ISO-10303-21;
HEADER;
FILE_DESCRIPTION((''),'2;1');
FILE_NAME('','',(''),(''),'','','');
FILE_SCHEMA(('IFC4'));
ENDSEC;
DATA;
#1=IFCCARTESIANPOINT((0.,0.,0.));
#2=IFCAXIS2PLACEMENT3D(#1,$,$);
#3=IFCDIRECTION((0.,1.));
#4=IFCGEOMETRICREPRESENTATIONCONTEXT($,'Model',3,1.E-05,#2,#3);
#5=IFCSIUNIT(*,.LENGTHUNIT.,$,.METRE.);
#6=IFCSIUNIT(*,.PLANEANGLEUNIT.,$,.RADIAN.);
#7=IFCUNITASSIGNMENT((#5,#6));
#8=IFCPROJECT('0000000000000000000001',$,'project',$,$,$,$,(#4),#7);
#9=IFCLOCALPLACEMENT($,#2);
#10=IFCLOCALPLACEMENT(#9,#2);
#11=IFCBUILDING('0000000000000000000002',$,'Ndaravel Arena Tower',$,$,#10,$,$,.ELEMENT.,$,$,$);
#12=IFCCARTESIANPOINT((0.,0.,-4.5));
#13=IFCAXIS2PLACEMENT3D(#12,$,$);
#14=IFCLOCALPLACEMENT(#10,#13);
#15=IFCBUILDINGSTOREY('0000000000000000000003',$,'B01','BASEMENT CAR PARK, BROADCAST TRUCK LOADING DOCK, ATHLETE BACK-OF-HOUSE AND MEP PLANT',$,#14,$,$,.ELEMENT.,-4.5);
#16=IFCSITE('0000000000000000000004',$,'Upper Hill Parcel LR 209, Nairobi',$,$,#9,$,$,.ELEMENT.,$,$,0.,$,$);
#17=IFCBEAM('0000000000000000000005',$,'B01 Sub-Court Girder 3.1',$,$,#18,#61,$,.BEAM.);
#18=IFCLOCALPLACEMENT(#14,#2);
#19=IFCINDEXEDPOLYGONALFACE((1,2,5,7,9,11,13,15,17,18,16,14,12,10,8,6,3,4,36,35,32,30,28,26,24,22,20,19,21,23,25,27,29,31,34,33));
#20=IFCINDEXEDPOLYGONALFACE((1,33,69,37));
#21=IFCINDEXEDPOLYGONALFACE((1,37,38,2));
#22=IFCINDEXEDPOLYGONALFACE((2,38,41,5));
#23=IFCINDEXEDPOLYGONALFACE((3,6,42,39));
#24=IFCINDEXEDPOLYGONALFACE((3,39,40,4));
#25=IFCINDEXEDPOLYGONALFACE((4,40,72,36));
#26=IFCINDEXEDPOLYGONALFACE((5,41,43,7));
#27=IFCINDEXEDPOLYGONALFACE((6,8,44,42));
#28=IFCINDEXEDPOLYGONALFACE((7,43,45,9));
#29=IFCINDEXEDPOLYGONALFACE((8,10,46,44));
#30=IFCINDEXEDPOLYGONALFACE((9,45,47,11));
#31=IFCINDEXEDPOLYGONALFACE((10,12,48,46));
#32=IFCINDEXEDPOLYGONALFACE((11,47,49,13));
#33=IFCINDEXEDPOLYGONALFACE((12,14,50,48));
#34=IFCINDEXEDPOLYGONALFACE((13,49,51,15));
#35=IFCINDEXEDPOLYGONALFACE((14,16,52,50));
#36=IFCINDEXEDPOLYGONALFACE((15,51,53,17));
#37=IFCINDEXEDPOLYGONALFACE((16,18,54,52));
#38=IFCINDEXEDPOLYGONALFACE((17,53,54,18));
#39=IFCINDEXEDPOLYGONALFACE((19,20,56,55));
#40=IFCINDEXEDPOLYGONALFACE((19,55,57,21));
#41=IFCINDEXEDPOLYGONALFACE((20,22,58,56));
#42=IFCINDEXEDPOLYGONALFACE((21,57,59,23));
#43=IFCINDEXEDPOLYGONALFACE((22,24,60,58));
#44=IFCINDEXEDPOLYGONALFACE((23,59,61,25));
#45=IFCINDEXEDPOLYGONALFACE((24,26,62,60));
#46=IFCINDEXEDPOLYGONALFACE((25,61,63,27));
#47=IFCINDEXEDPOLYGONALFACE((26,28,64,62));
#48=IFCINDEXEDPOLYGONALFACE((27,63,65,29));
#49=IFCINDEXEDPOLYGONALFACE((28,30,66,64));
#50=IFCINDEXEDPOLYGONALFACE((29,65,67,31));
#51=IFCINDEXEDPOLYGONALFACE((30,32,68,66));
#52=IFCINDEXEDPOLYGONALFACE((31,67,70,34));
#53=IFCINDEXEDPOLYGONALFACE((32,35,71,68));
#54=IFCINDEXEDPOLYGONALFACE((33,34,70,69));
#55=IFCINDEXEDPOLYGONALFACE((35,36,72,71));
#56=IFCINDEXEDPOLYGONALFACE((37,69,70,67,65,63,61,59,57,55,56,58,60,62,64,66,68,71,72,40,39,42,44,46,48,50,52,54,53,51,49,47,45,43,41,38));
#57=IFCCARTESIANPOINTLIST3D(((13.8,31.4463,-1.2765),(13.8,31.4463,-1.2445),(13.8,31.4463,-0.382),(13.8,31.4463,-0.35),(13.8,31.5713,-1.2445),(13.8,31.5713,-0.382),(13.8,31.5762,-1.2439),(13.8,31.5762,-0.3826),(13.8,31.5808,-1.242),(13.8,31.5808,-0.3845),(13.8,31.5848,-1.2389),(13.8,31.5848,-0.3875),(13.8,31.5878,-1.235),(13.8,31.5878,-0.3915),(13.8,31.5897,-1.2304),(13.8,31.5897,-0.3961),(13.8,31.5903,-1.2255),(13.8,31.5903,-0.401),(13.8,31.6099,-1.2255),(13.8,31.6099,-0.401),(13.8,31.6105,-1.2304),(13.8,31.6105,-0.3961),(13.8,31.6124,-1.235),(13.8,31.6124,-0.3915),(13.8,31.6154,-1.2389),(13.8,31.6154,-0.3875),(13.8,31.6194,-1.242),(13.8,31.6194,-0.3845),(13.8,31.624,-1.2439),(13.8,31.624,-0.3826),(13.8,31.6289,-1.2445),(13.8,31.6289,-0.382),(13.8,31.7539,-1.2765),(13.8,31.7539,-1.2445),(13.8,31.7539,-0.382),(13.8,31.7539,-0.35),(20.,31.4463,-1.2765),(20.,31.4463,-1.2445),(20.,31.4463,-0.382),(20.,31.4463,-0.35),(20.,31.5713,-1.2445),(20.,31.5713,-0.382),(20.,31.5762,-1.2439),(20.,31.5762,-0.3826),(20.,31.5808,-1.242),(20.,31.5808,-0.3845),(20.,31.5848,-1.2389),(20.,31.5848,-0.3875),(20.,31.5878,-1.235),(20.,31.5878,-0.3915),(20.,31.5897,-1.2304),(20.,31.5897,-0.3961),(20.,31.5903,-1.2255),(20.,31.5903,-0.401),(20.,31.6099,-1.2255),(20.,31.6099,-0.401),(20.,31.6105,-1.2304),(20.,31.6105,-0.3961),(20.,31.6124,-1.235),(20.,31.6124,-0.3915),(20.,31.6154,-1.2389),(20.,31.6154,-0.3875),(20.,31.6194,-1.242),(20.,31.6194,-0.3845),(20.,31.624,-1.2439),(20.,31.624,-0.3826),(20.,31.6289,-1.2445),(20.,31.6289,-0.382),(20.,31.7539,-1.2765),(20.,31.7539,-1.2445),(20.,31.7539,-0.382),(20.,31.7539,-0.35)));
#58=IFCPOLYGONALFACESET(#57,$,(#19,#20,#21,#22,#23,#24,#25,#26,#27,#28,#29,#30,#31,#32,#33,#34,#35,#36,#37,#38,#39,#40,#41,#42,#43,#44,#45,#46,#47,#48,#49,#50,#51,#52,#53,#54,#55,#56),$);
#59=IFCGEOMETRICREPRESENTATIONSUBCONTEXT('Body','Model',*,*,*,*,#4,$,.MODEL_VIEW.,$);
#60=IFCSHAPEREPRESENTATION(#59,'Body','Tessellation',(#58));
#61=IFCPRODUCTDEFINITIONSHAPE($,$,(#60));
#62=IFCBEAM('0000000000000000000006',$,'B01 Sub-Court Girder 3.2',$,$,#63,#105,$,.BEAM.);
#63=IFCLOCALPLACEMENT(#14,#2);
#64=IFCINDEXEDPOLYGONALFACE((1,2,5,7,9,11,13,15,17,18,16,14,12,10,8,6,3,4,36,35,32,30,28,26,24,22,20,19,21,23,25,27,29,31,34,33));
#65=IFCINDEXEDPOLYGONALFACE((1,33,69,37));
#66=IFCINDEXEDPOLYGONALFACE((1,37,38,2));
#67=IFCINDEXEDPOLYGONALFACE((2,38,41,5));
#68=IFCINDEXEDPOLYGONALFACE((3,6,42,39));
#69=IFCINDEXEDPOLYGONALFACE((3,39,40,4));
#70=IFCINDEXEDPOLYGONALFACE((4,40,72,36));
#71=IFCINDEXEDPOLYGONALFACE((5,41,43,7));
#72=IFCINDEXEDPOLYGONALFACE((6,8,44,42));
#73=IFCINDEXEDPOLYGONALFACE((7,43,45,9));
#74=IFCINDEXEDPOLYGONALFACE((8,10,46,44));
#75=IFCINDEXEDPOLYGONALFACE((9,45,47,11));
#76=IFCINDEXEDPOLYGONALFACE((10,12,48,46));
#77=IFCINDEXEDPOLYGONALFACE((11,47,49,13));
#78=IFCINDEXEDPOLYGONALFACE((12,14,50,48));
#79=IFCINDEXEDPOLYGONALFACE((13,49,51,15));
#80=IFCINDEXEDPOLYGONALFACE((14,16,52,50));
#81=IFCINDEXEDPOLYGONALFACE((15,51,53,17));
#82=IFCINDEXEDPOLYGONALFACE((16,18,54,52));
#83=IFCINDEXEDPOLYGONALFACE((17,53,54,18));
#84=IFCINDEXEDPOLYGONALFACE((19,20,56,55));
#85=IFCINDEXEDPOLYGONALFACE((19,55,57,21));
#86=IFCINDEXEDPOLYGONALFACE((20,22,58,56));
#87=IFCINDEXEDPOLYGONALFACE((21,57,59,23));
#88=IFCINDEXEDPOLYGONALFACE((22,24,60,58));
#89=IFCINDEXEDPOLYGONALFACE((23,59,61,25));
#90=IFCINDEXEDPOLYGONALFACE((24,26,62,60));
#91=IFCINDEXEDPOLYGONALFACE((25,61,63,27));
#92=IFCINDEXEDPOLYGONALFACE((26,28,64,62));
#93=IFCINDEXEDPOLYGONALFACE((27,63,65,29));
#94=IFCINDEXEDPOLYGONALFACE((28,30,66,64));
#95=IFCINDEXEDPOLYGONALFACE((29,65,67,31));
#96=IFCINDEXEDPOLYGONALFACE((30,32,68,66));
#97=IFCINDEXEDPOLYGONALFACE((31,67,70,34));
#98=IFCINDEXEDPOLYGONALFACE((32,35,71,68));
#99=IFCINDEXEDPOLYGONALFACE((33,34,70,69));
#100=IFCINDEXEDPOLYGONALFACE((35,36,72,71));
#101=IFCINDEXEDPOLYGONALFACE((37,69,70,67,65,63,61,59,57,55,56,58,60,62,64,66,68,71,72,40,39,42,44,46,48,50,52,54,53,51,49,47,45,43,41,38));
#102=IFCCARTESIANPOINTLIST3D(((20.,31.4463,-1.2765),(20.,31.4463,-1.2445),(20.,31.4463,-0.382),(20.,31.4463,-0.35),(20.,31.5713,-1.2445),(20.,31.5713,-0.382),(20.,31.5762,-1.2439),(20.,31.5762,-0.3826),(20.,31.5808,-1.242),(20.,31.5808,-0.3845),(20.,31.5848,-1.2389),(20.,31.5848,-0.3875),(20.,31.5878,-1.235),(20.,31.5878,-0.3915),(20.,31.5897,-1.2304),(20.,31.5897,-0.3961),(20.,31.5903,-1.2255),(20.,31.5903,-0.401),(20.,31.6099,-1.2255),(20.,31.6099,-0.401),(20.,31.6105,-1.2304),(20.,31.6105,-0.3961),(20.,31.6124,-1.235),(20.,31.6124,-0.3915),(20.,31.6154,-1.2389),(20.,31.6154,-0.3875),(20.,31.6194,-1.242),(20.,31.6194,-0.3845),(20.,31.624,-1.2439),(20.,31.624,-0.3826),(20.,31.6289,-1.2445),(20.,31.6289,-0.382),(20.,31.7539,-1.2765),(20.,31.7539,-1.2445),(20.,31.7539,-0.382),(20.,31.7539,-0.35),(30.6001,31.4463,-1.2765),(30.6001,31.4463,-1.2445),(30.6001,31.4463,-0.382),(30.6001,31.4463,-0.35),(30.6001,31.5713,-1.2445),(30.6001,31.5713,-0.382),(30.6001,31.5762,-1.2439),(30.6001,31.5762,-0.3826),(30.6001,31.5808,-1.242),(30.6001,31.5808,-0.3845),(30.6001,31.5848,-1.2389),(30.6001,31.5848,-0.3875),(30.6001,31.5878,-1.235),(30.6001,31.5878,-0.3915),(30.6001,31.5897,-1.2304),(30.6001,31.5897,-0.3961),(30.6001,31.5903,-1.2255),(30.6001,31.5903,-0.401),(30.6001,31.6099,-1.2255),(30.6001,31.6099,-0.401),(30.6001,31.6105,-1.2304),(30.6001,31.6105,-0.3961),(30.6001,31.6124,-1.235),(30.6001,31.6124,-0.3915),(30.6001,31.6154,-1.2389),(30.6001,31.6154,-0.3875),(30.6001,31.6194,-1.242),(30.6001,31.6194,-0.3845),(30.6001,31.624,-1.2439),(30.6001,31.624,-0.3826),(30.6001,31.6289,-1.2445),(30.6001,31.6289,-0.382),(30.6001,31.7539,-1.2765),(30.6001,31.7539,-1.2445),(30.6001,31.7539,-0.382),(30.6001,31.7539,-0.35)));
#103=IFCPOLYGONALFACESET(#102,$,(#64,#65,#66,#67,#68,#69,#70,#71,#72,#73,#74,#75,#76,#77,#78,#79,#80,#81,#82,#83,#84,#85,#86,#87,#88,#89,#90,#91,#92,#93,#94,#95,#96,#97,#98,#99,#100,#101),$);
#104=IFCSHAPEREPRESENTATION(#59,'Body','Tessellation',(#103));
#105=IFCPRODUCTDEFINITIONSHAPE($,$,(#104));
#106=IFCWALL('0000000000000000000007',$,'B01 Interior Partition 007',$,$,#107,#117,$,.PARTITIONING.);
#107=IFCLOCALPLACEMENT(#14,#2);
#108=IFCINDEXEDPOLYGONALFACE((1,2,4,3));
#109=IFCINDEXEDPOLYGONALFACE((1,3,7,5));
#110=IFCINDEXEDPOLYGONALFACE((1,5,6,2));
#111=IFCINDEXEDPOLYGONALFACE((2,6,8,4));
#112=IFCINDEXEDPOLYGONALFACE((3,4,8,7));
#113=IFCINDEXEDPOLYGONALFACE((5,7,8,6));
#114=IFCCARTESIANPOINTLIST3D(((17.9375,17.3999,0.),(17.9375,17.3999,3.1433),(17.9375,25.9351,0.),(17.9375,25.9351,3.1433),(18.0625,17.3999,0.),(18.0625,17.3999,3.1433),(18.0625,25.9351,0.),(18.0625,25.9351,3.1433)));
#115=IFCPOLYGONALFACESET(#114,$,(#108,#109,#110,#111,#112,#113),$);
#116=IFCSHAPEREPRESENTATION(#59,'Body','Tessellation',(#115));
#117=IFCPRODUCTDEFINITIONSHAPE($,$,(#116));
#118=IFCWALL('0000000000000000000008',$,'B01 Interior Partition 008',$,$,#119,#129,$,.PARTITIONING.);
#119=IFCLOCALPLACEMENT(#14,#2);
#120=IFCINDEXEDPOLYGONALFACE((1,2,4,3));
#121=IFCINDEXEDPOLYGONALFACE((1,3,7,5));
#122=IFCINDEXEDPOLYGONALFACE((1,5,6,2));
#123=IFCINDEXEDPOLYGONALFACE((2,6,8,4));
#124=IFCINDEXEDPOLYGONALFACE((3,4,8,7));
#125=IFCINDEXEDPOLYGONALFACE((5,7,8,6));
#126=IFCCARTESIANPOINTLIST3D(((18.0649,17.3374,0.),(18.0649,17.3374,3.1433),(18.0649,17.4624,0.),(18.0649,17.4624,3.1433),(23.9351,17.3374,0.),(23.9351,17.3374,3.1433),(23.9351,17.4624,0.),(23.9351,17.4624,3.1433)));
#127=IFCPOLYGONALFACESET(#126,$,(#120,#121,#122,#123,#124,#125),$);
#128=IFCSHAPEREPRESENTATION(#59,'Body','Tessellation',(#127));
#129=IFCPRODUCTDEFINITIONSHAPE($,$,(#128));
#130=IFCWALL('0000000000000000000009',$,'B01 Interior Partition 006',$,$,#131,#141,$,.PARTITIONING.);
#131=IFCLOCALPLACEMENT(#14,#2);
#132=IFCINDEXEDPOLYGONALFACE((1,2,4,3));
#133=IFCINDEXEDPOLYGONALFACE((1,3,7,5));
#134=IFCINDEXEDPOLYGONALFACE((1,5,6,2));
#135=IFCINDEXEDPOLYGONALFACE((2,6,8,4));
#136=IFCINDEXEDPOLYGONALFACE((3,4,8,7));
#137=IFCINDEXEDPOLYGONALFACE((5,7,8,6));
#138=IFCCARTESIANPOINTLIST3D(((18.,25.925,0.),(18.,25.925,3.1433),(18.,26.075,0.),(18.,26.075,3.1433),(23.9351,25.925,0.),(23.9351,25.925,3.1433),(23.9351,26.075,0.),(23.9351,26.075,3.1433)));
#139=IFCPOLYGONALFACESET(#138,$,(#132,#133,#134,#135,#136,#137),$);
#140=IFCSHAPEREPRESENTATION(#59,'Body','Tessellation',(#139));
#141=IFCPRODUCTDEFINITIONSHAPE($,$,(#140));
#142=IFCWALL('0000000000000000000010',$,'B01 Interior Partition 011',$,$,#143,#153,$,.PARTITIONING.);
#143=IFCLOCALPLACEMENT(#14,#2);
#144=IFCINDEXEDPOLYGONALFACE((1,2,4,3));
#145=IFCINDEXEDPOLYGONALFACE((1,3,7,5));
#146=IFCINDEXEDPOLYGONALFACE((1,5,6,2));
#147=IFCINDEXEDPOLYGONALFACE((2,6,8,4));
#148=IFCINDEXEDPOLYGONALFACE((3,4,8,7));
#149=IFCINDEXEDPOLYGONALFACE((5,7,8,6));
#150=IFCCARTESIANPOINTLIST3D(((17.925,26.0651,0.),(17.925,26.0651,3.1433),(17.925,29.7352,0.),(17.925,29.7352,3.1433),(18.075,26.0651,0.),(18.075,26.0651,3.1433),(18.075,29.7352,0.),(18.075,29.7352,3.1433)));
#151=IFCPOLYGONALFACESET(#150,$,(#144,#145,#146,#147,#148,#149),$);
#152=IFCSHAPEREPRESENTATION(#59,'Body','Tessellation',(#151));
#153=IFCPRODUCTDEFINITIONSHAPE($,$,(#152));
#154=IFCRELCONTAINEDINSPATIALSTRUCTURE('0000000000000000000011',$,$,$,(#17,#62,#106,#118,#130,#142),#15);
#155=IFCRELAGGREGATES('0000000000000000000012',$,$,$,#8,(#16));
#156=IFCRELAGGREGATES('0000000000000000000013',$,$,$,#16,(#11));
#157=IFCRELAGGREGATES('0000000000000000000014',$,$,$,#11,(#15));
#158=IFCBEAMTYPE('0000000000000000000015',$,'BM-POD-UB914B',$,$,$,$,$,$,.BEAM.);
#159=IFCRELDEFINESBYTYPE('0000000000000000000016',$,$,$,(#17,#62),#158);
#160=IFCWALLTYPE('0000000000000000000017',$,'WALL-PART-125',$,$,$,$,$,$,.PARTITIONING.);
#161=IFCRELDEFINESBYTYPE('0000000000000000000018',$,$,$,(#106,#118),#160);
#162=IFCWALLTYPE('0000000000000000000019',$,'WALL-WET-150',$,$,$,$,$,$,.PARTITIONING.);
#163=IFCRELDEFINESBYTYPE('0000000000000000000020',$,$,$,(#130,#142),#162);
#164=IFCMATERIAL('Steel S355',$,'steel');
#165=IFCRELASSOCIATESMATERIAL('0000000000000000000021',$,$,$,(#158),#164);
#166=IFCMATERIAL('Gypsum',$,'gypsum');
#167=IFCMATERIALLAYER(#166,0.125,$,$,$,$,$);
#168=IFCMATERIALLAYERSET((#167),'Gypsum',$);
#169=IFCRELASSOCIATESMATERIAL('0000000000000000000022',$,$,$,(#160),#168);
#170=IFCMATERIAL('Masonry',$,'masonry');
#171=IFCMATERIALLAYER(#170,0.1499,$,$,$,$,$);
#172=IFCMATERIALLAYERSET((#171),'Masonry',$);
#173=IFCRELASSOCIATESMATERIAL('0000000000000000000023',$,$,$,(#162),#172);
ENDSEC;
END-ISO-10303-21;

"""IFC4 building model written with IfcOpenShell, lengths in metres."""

from ifc_helpers import new_model, si_unit, direction, frame, frame_2d, origin, origin_2d, place, context, subcontext, project, spatial, rectangle, i_section, extrude, material, layer, layer_set, material_profile, profile_set, type_object, element, save


model = new_model("IFC4")

# Units and contexts
model_context = context("Model", 3, precision=1e-05, world=origin(), true_north=direction((0.0, 1.0)))
body_context = subcontext(model_context, "Body", "Model", "MODEL_VIEW")
ifc_project = project(units=[si_unit("LENGTHUNIT", "METRE"), si_unit("PLANEANGLEUNIT", "RADIAN")], contexts=[model_context])

# Site, building, storey
site_placement = place(None, origin())
site = spatial("IfcSite", under=ifc_project, at=site_placement, Name="Upper Hill Parcel LR 209, Nairobi", CompositionType="ELEMENT", RefElevation=0.0)
building_placement = place(site_placement, origin())
building = spatial("IfcBuilding", under=site, at=building_placement, Name="Ndaravel Arena Tower", CompositionType="ELEMENT")
storey_placement = place(building_placement, frame((0.0, 0.0, -4.5)))
storey = spatial("IfcBuildingStorey", under=building, at=storey_placement, Name="B01", Description="BASEMENT CAR PARK, BROADCAST TRUCK LOADING DOCK, ATHLETE BACK-OF-HOUSE AND MEP PLANT", CompositionType="ELEMENT", Elevation=-4.5)

# Beams
ifc_material_1 = material(Name="Steel S355", Category="steel")
ifc_material_profile_1 = material_profile(ifc_material_1, i_section(OverallWidth=0.3076, OverallDepth=0.9265, WebThickness=0.0195, FlangeThickness=0.032, FilletRadius=0.019, at=origin_2d()), Name="UB 914x305x289")
ifc_profile_set_1 = profile_set([ifc_material_profile_1], Name="Steel S355")
beam_type_1 = type_object("IfcBeamType", Name="BM-POD-UB914B", PredefinedType="BEAM", material=ifc_profile_set_1)
beam_1_placement = place(storey_placement, frame((13.8, 31.6001, -0.8132), z_axis=(1.0, 0.0, 0.0), x_axis=(0.0, 1.0, 0.0)))
element("IfcBeam", 1, at=beam_1_placement, inside=storey, type_object=beam_type_1, Name="B01 Sub-Court Girder 3.1", PredefinedType="BEAM", context=body_context, shape_type="SweptSolid", body=[
    extrude(i_section(OverallWidth=0.3076, OverallDepth=0.9265, WebThickness=0.0195, FlangeThickness=0.032, FilletRadius=0.019, at=origin_2d()), origin(), (0.0, 0.0, 1.0), 6.2),
])
beam_2_placement = place(storey_placement, frame((20.0, 31.6001, -0.8132), z_axis=(1.0, 0.0, 0.0), x_axis=(0.0, 1.0, 0.0)))
element("IfcBeam", 2, at=beam_2_placement, inside=storey, type_object=beam_type_1, Name="B01 Sub-Court Girder 3.2", PredefinedType="BEAM", context=body_context, shape_type="SweptSolid", body=[
    extrude(i_section(OverallWidth=0.3076, OverallDepth=0.9265, WebThickness=0.0195, FlangeThickness=0.032, FilletRadius=0.019, at=origin_2d()), origin(), (0.0, 0.0, 1.0), 10.6001),
])

# Walls
ifc_material_2 = material(Name="Gypsum", Category="gypsum")
ifc_layer_1 = layer(ifc_material_2, 0.125)
ifc_layer_set_1 = layer_set([ifc_layer_1], Name="Gypsum")
wall_type_1 = type_object("IfcWallType", Name="WALL-PART-125", PredefinedType="PARTITIONING", material=ifc_layer_set_1)
wall_1_placement = place(storey_placement, frame((18.0, 25.9351, 0.0), z_axis=(0.0, 0.0, 1.0), x_axis=(0.0, -1.0, 0.0)))
element("IfcWall", 3, at=wall_1_placement, inside=storey, type_object=wall_type_1, Name="B01 Interior Partition 007", PredefinedType="PARTITIONING", context=body_context, shape_type="SweptSolid", body=[
    extrude(rectangle(XDim=8.5352, YDim=0.125, at=frame_2d((4.2676, 0.0))), origin(), (0.0, 0.0, 1.0), 3.1433),
])
wall_2_placement = place(storey_placement, frame((18.0649, 17.3999, 0.0), z_axis=(0.0, 0.0, 1.0), x_axis=(1.0, 0.0, 0.0)))
element("IfcWall", 4, at=wall_2_placement, inside=storey, type_object=wall_type_1, Name="B01 Interior Partition 008", PredefinedType="PARTITIONING", context=body_context, shape_type="SweptSolid", body=[
    extrude(rectangle(XDim=5.8701, YDim=0.125, at=frame_2d((2.9351, 0.0))), origin(), (0.0, 0.0, 1.0), 3.1433),
])
ifc_material_3 = material(Name="Masonry", Category="masonry")
ifc_layer_2 = layer(ifc_material_3, 0.1499)
ifc_layer_set_2 = layer_set([ifc_layer_2], Name="Masonry")
wall_type_2 = type_object("IfcWallType", Name="WALL-WET-150", PredefinedType="PARTITIONING", material=ifc_layer_set_2)
wall_3_placement = place(storey_placement, frame((23.9351, 26.0, 0.0), z_axis=(0.0, 0.0, 1.0), x_axis=(-1.0, 0.0, 0.0)))
element("IfcWall", 5, at=wall_3_placement, inside=storey, type_object=wall_type_2, Name="B01 Interior Partition 006", PredefinedType="PARTITIONING", context=body_context, shape_type="SweptSolid", body=[
    extrude(rectangle(XDim=5.9351, YDim=0.1499, at=frame_2d((2.9675, 0.0))), origin(), (0.0, 0.0, 1.0), 3.1433),
])
wall_4_placement = place(storey_placement, frame((18.0, 29.7351, 0.0), z_axis=(0.0, 0.0, 1.0), x_axis=(0.0, -1.0, 0.0)))
element("IfcWall", 6, at=wall_4_placement, inside=storey, type_object=wall_type_2, Name="B01 Interior Partition 011", PredefinedType="PARTITIONING", context=body_context, shape_type="SweptSolid", body=[
    extrude(rectangle(XDim=3.6702, YDim=0.1499, at=frame_2d((1.835, 0.0))), origin(), (0.0, 0.0, 1.0), 3.1433),
])

save(model, "model.ifc")
